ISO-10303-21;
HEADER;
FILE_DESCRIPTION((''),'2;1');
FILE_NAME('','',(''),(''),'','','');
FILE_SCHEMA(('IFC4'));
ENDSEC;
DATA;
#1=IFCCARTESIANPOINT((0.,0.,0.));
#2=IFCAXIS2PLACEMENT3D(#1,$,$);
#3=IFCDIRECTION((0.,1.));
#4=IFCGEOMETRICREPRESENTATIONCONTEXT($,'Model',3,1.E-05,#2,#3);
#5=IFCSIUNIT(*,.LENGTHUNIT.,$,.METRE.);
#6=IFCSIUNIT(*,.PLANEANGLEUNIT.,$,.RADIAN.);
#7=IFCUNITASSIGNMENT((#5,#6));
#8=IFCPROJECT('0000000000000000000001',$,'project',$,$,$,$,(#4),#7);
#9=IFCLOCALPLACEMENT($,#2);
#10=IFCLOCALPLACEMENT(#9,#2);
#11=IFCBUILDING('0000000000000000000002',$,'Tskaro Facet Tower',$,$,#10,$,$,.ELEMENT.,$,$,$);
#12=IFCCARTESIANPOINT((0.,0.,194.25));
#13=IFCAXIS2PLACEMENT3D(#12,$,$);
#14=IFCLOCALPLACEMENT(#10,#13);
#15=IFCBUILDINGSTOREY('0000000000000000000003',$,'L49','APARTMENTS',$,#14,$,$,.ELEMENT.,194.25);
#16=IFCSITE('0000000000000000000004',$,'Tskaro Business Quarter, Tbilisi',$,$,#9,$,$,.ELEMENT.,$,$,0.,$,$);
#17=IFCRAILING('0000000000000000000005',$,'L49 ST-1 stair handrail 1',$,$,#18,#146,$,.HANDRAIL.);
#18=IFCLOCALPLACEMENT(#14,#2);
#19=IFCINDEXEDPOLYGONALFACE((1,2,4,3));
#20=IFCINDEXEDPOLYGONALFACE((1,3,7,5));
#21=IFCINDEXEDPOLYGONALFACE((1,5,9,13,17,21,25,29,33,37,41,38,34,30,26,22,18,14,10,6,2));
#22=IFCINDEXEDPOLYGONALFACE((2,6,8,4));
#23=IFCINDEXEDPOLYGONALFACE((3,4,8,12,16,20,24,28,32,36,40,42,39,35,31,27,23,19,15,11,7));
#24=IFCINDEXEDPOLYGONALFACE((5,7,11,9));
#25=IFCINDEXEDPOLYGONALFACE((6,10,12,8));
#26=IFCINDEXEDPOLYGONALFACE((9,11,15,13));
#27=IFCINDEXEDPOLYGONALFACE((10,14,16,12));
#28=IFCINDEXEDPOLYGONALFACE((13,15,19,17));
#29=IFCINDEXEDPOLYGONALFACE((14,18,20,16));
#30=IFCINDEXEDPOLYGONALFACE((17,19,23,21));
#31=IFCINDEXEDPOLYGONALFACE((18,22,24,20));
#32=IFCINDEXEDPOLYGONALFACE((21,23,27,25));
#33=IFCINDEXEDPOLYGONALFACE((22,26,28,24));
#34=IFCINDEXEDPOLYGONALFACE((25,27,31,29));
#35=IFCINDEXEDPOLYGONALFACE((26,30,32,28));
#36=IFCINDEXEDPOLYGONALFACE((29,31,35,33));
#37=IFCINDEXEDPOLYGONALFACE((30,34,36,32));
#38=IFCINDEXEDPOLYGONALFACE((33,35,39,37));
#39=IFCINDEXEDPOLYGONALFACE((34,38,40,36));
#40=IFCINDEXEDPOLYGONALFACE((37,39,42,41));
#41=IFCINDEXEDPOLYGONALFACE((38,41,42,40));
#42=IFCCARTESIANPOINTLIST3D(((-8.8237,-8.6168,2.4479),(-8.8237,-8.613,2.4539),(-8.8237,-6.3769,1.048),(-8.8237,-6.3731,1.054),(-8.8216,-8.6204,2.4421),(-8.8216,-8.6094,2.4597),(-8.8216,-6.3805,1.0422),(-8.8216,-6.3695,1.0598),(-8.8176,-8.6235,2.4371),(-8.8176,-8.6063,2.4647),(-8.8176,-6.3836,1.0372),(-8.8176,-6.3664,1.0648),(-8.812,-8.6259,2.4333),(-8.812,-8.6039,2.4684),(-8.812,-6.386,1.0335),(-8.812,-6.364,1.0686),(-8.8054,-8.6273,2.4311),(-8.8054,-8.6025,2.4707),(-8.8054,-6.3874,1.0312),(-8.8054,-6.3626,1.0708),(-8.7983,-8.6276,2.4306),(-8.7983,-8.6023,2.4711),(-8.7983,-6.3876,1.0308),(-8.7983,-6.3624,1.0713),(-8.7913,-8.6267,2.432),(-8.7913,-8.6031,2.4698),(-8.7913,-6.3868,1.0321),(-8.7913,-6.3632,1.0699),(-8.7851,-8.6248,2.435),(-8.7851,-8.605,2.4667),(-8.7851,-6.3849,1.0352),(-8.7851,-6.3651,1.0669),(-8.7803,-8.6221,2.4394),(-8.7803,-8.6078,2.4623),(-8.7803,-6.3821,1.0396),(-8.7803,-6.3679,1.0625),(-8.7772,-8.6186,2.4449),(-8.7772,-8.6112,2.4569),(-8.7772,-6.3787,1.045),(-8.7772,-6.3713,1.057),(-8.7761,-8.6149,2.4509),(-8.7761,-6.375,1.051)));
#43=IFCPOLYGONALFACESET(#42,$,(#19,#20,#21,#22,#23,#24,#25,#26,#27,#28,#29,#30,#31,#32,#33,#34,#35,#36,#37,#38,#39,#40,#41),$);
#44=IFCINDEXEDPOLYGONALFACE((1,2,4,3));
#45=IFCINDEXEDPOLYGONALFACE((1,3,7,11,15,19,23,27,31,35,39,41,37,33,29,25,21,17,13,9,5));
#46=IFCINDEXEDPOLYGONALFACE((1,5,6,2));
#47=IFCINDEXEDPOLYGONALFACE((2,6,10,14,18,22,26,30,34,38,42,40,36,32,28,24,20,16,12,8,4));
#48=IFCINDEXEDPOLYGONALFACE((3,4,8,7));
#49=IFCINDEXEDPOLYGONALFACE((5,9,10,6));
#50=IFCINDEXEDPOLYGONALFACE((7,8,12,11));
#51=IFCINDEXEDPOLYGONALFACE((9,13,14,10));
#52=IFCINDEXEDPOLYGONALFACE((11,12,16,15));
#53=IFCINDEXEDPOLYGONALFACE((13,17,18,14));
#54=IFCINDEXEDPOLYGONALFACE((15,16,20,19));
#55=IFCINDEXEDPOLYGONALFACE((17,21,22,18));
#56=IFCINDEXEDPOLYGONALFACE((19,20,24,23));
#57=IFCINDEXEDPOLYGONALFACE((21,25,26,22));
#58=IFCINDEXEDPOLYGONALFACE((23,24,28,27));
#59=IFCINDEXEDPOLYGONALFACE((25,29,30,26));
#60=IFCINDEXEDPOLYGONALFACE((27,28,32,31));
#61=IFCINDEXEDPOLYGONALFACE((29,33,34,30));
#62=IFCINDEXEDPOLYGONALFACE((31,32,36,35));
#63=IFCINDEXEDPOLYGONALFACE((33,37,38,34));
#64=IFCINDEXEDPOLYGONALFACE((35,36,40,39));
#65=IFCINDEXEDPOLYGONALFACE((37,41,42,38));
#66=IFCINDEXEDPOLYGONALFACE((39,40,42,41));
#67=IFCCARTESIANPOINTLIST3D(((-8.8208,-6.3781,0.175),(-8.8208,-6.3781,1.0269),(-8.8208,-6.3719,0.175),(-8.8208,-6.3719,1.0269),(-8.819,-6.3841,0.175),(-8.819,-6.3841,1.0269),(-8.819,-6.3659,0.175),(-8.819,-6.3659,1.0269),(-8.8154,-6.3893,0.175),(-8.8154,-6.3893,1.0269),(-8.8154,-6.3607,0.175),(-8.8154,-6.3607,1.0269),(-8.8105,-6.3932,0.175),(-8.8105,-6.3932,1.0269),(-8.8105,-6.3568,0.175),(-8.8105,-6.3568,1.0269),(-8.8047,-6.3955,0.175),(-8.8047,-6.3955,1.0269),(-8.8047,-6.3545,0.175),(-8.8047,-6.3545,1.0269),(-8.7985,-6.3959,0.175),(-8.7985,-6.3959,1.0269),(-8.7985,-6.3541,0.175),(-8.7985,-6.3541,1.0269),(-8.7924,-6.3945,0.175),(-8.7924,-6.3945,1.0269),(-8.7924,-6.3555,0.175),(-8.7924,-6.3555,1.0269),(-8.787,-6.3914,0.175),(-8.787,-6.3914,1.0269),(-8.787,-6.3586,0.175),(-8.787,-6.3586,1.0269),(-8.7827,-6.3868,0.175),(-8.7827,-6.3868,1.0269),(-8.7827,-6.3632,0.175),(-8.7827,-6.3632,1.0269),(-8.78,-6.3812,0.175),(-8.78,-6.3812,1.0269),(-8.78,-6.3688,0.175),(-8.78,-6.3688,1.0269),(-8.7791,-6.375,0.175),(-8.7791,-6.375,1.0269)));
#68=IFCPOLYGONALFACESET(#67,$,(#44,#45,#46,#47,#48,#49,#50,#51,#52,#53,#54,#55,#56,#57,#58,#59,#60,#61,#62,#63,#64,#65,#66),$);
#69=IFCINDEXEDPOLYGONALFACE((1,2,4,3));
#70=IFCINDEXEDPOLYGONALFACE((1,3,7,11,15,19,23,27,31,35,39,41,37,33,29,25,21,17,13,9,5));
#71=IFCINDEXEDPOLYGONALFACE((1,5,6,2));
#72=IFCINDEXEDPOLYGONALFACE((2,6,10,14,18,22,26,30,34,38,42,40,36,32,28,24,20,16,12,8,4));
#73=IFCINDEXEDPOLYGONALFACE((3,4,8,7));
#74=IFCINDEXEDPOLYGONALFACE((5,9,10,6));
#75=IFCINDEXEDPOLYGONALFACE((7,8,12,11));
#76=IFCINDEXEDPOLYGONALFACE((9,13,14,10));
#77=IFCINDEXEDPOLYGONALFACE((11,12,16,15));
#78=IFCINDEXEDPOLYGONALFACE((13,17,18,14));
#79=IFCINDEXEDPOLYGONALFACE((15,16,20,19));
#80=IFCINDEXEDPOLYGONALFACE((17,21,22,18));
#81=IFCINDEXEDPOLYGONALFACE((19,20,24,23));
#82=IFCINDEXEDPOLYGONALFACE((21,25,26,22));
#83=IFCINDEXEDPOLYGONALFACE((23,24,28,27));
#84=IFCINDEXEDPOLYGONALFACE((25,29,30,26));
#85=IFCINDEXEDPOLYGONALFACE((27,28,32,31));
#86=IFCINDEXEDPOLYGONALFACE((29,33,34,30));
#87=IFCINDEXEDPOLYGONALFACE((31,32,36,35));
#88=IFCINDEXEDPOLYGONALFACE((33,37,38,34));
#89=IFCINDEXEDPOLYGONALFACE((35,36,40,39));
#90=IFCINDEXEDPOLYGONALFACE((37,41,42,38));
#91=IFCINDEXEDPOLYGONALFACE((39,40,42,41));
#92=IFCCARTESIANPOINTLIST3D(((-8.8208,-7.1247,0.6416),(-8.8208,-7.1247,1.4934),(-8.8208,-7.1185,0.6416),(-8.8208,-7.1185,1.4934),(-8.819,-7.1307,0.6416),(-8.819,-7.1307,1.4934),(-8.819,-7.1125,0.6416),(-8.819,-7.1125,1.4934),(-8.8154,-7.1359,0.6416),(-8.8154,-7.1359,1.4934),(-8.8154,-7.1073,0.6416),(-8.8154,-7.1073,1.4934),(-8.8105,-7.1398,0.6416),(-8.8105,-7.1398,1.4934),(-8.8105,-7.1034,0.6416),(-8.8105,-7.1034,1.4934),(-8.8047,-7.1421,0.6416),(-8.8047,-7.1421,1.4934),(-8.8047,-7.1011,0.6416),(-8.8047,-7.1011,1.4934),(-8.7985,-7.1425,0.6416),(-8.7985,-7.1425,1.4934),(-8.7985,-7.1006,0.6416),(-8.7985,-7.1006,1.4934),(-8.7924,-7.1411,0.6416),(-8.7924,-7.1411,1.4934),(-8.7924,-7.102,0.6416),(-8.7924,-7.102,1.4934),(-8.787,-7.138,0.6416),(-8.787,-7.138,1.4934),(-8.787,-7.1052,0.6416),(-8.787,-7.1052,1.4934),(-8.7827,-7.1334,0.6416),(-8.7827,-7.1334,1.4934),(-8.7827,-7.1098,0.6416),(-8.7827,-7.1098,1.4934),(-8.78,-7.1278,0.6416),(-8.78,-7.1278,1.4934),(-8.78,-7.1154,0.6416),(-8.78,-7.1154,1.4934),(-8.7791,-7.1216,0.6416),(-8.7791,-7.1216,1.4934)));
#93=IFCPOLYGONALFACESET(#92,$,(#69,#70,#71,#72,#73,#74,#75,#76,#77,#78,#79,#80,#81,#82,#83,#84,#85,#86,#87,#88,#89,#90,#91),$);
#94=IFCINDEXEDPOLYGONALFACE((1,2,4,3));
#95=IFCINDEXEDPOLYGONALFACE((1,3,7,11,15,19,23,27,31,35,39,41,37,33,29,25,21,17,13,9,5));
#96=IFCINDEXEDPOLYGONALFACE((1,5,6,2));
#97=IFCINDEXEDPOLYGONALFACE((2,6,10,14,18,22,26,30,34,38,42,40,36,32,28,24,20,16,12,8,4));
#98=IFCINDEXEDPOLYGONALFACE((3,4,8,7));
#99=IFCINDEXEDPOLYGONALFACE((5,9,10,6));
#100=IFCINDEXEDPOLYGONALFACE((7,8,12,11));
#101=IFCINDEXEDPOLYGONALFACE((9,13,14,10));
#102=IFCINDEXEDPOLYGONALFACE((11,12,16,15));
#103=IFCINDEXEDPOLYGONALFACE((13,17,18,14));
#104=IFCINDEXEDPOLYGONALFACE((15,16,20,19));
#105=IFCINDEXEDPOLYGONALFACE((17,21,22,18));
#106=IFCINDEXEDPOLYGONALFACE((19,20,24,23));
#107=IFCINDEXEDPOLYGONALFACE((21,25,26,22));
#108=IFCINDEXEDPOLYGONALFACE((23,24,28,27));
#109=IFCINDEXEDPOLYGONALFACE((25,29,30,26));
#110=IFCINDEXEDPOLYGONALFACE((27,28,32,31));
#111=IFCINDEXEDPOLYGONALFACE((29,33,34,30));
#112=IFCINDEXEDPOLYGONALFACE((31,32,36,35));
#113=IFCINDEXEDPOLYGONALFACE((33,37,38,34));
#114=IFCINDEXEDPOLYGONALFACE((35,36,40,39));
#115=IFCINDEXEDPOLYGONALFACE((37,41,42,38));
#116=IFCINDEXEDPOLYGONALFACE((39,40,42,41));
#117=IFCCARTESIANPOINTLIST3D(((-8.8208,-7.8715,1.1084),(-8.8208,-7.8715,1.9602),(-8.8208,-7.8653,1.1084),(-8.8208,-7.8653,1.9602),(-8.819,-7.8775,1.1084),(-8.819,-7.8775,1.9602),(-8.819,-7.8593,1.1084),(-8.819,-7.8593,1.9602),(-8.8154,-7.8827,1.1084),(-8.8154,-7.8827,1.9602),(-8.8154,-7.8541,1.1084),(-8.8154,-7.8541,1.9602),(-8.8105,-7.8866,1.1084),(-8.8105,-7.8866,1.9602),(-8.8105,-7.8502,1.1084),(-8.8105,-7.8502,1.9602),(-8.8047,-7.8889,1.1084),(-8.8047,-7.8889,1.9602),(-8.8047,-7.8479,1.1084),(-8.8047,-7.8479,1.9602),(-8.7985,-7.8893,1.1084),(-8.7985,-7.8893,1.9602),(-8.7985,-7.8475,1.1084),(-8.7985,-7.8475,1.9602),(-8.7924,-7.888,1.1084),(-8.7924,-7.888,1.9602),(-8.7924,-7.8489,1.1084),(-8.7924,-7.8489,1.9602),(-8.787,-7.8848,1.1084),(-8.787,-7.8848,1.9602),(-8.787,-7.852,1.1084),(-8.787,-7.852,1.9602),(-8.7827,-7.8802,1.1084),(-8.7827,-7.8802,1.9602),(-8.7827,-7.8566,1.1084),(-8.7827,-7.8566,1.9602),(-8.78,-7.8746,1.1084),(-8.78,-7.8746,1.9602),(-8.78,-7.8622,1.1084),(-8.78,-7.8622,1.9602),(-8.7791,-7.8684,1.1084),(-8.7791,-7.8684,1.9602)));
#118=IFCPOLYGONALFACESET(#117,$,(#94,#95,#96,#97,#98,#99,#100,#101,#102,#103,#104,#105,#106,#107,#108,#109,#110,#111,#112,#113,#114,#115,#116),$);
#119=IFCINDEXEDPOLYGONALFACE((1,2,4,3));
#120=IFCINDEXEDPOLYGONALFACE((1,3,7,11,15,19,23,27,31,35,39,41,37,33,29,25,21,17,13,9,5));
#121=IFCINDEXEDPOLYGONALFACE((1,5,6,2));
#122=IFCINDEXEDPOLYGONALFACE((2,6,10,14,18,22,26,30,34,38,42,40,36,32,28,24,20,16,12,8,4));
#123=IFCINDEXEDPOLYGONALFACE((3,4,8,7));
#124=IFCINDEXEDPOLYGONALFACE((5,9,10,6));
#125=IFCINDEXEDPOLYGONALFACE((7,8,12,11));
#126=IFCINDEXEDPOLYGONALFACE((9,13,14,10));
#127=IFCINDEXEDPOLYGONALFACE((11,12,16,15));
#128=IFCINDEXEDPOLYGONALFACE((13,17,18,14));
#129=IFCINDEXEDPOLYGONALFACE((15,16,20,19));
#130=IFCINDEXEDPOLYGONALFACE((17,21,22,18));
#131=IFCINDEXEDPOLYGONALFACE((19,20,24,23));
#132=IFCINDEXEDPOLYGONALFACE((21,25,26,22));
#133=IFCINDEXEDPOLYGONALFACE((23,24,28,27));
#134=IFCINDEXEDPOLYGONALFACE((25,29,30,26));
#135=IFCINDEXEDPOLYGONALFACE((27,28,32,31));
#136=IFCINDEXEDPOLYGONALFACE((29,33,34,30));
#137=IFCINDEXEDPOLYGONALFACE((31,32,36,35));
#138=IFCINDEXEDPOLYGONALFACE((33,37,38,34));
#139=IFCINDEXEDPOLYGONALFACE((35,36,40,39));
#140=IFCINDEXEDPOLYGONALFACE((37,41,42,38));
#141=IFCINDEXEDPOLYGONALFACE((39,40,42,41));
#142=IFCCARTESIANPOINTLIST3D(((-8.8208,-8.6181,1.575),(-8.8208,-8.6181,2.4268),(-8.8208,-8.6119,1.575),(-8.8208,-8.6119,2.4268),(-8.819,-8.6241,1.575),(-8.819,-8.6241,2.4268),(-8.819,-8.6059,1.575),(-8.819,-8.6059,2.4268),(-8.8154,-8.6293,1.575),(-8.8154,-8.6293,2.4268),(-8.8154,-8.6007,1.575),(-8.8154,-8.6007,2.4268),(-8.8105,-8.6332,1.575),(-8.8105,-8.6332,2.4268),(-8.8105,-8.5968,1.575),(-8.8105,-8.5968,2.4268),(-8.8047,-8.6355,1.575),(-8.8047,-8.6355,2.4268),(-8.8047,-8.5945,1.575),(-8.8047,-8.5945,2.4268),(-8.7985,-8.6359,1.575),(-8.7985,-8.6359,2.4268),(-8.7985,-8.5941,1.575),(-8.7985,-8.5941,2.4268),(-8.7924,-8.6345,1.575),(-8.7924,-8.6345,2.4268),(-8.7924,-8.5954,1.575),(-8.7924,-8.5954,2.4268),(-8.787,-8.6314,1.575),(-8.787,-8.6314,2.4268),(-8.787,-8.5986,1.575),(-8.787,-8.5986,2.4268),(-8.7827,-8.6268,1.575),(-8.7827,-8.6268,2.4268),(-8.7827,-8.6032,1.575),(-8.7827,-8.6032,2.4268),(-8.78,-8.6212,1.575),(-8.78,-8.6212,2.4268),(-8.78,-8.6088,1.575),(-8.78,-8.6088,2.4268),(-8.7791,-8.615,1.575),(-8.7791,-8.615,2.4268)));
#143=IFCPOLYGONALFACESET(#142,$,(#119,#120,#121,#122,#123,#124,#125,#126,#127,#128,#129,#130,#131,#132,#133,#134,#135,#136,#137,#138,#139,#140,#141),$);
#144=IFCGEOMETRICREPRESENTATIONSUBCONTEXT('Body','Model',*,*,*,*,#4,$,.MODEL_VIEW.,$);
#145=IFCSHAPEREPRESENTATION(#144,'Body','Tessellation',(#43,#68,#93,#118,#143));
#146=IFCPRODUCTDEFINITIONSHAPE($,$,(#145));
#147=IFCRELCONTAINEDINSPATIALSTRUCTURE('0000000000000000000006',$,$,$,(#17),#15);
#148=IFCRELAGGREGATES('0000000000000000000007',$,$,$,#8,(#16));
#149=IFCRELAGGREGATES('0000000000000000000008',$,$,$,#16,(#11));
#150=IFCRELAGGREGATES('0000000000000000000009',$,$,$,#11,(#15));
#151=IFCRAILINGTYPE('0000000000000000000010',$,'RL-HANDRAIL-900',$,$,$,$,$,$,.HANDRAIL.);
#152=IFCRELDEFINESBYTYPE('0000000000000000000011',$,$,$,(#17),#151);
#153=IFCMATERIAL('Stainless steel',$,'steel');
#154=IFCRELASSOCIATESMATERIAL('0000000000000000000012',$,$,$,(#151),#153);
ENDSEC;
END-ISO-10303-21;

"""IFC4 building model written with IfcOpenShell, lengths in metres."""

from ifc_helpers import new_model, si_unit, direction, frame, origin, origin_2d, place, context, subcontext, project, spatial, circle, extrude, material, type_object, element, save


model = new_model("IFC4")

# Units and contexts
model_context = context("Model", 3, precision=1e-05, world=origin(), true_north=direction((0.0, 1.0)))
body_context = subcontext(model_context, "Body", "Model", "MODEL_VIEW")
ifc_project = project(units=[si_unit("LENGTHUNIT", "METRE"), si_unit("PLANEANGLEUNIT", "RADIAN")], contexts=[model_context])

# Site, building, storey
site_placement = place(None, origin())
site = spatial("IfcSite", under=ifc_project, at=site_placement, Name="Tskaro Business Quarter, Tbilisi", CompositionType="ELEMENT", RefElevation=0.0)
building_placement = place(site_placement, origin())
building = spatial("IfcBuilding", under=site, at=building_placement, Name="Tskaro Facet Tower", CompositionType="ELEMENT")
storey_placement = place(building_placement, frame((0.0, 0.0, 194.25)))
storey = spatial("IfcBuildingStorey", under=building, at=storey_placement, Name="L49", Description="APARTMENTS", CompositionType="ELEMENT", Elevation=194.25)

# Shared definitions
ifc_material_1 = material(Name="Stainless steel", Category="steel")

# Railing
railing_type_1 = type_object("IfcRailingType", Name="RL-HANDRAIL-900", PredefinedType="HANDRAIL", material=ifc_material_1)
railing_1_placement = place(storey_placement, frame((-8.8, -6.375, 0.175)))
element("IfcRailing", 1, at=railing_1_placement, inside=storey, type_object=railing_type_1, Name="L49 ST-1 stair handrail 1", PredefinedType="HANDRAIL", context=body_context, shape_type="SweptSolid", body=[
    extrude(circle(Radius=0.0239, at=origin_2d()), frame((0.0, 0.0, 0.876), z_axis=(0.0, -0.848014, 0.529974), x_axis=(1.0, 0.0, 0.0)), (0.0, 0.0, 1.0), 2.6414),
    extrude(circle(Radius=0.021, at=origin_2d()), origin(), (0.0, 0.0, 1.0), 0.8518),
    extrude(circle(Radius=0.021, at=origin_2d()), frame((0.0, -0.7466, 0.4666)), (0.0, 0.0, 1.0), 0.8518),
    extrude(circle(Radius=0.021, at=origin_2d()), frame((0.0, -1.4934, 0.9333)), (0.0, 0.0, 1.0), 0.8518),
    extrude(circle(Radius=0.021, at=origin_2d()), frame((0.0, -2.24, 1.3999)), (0.0, 0.0, 1.0), 0.8518),
])

save(model, "model.ifc")
